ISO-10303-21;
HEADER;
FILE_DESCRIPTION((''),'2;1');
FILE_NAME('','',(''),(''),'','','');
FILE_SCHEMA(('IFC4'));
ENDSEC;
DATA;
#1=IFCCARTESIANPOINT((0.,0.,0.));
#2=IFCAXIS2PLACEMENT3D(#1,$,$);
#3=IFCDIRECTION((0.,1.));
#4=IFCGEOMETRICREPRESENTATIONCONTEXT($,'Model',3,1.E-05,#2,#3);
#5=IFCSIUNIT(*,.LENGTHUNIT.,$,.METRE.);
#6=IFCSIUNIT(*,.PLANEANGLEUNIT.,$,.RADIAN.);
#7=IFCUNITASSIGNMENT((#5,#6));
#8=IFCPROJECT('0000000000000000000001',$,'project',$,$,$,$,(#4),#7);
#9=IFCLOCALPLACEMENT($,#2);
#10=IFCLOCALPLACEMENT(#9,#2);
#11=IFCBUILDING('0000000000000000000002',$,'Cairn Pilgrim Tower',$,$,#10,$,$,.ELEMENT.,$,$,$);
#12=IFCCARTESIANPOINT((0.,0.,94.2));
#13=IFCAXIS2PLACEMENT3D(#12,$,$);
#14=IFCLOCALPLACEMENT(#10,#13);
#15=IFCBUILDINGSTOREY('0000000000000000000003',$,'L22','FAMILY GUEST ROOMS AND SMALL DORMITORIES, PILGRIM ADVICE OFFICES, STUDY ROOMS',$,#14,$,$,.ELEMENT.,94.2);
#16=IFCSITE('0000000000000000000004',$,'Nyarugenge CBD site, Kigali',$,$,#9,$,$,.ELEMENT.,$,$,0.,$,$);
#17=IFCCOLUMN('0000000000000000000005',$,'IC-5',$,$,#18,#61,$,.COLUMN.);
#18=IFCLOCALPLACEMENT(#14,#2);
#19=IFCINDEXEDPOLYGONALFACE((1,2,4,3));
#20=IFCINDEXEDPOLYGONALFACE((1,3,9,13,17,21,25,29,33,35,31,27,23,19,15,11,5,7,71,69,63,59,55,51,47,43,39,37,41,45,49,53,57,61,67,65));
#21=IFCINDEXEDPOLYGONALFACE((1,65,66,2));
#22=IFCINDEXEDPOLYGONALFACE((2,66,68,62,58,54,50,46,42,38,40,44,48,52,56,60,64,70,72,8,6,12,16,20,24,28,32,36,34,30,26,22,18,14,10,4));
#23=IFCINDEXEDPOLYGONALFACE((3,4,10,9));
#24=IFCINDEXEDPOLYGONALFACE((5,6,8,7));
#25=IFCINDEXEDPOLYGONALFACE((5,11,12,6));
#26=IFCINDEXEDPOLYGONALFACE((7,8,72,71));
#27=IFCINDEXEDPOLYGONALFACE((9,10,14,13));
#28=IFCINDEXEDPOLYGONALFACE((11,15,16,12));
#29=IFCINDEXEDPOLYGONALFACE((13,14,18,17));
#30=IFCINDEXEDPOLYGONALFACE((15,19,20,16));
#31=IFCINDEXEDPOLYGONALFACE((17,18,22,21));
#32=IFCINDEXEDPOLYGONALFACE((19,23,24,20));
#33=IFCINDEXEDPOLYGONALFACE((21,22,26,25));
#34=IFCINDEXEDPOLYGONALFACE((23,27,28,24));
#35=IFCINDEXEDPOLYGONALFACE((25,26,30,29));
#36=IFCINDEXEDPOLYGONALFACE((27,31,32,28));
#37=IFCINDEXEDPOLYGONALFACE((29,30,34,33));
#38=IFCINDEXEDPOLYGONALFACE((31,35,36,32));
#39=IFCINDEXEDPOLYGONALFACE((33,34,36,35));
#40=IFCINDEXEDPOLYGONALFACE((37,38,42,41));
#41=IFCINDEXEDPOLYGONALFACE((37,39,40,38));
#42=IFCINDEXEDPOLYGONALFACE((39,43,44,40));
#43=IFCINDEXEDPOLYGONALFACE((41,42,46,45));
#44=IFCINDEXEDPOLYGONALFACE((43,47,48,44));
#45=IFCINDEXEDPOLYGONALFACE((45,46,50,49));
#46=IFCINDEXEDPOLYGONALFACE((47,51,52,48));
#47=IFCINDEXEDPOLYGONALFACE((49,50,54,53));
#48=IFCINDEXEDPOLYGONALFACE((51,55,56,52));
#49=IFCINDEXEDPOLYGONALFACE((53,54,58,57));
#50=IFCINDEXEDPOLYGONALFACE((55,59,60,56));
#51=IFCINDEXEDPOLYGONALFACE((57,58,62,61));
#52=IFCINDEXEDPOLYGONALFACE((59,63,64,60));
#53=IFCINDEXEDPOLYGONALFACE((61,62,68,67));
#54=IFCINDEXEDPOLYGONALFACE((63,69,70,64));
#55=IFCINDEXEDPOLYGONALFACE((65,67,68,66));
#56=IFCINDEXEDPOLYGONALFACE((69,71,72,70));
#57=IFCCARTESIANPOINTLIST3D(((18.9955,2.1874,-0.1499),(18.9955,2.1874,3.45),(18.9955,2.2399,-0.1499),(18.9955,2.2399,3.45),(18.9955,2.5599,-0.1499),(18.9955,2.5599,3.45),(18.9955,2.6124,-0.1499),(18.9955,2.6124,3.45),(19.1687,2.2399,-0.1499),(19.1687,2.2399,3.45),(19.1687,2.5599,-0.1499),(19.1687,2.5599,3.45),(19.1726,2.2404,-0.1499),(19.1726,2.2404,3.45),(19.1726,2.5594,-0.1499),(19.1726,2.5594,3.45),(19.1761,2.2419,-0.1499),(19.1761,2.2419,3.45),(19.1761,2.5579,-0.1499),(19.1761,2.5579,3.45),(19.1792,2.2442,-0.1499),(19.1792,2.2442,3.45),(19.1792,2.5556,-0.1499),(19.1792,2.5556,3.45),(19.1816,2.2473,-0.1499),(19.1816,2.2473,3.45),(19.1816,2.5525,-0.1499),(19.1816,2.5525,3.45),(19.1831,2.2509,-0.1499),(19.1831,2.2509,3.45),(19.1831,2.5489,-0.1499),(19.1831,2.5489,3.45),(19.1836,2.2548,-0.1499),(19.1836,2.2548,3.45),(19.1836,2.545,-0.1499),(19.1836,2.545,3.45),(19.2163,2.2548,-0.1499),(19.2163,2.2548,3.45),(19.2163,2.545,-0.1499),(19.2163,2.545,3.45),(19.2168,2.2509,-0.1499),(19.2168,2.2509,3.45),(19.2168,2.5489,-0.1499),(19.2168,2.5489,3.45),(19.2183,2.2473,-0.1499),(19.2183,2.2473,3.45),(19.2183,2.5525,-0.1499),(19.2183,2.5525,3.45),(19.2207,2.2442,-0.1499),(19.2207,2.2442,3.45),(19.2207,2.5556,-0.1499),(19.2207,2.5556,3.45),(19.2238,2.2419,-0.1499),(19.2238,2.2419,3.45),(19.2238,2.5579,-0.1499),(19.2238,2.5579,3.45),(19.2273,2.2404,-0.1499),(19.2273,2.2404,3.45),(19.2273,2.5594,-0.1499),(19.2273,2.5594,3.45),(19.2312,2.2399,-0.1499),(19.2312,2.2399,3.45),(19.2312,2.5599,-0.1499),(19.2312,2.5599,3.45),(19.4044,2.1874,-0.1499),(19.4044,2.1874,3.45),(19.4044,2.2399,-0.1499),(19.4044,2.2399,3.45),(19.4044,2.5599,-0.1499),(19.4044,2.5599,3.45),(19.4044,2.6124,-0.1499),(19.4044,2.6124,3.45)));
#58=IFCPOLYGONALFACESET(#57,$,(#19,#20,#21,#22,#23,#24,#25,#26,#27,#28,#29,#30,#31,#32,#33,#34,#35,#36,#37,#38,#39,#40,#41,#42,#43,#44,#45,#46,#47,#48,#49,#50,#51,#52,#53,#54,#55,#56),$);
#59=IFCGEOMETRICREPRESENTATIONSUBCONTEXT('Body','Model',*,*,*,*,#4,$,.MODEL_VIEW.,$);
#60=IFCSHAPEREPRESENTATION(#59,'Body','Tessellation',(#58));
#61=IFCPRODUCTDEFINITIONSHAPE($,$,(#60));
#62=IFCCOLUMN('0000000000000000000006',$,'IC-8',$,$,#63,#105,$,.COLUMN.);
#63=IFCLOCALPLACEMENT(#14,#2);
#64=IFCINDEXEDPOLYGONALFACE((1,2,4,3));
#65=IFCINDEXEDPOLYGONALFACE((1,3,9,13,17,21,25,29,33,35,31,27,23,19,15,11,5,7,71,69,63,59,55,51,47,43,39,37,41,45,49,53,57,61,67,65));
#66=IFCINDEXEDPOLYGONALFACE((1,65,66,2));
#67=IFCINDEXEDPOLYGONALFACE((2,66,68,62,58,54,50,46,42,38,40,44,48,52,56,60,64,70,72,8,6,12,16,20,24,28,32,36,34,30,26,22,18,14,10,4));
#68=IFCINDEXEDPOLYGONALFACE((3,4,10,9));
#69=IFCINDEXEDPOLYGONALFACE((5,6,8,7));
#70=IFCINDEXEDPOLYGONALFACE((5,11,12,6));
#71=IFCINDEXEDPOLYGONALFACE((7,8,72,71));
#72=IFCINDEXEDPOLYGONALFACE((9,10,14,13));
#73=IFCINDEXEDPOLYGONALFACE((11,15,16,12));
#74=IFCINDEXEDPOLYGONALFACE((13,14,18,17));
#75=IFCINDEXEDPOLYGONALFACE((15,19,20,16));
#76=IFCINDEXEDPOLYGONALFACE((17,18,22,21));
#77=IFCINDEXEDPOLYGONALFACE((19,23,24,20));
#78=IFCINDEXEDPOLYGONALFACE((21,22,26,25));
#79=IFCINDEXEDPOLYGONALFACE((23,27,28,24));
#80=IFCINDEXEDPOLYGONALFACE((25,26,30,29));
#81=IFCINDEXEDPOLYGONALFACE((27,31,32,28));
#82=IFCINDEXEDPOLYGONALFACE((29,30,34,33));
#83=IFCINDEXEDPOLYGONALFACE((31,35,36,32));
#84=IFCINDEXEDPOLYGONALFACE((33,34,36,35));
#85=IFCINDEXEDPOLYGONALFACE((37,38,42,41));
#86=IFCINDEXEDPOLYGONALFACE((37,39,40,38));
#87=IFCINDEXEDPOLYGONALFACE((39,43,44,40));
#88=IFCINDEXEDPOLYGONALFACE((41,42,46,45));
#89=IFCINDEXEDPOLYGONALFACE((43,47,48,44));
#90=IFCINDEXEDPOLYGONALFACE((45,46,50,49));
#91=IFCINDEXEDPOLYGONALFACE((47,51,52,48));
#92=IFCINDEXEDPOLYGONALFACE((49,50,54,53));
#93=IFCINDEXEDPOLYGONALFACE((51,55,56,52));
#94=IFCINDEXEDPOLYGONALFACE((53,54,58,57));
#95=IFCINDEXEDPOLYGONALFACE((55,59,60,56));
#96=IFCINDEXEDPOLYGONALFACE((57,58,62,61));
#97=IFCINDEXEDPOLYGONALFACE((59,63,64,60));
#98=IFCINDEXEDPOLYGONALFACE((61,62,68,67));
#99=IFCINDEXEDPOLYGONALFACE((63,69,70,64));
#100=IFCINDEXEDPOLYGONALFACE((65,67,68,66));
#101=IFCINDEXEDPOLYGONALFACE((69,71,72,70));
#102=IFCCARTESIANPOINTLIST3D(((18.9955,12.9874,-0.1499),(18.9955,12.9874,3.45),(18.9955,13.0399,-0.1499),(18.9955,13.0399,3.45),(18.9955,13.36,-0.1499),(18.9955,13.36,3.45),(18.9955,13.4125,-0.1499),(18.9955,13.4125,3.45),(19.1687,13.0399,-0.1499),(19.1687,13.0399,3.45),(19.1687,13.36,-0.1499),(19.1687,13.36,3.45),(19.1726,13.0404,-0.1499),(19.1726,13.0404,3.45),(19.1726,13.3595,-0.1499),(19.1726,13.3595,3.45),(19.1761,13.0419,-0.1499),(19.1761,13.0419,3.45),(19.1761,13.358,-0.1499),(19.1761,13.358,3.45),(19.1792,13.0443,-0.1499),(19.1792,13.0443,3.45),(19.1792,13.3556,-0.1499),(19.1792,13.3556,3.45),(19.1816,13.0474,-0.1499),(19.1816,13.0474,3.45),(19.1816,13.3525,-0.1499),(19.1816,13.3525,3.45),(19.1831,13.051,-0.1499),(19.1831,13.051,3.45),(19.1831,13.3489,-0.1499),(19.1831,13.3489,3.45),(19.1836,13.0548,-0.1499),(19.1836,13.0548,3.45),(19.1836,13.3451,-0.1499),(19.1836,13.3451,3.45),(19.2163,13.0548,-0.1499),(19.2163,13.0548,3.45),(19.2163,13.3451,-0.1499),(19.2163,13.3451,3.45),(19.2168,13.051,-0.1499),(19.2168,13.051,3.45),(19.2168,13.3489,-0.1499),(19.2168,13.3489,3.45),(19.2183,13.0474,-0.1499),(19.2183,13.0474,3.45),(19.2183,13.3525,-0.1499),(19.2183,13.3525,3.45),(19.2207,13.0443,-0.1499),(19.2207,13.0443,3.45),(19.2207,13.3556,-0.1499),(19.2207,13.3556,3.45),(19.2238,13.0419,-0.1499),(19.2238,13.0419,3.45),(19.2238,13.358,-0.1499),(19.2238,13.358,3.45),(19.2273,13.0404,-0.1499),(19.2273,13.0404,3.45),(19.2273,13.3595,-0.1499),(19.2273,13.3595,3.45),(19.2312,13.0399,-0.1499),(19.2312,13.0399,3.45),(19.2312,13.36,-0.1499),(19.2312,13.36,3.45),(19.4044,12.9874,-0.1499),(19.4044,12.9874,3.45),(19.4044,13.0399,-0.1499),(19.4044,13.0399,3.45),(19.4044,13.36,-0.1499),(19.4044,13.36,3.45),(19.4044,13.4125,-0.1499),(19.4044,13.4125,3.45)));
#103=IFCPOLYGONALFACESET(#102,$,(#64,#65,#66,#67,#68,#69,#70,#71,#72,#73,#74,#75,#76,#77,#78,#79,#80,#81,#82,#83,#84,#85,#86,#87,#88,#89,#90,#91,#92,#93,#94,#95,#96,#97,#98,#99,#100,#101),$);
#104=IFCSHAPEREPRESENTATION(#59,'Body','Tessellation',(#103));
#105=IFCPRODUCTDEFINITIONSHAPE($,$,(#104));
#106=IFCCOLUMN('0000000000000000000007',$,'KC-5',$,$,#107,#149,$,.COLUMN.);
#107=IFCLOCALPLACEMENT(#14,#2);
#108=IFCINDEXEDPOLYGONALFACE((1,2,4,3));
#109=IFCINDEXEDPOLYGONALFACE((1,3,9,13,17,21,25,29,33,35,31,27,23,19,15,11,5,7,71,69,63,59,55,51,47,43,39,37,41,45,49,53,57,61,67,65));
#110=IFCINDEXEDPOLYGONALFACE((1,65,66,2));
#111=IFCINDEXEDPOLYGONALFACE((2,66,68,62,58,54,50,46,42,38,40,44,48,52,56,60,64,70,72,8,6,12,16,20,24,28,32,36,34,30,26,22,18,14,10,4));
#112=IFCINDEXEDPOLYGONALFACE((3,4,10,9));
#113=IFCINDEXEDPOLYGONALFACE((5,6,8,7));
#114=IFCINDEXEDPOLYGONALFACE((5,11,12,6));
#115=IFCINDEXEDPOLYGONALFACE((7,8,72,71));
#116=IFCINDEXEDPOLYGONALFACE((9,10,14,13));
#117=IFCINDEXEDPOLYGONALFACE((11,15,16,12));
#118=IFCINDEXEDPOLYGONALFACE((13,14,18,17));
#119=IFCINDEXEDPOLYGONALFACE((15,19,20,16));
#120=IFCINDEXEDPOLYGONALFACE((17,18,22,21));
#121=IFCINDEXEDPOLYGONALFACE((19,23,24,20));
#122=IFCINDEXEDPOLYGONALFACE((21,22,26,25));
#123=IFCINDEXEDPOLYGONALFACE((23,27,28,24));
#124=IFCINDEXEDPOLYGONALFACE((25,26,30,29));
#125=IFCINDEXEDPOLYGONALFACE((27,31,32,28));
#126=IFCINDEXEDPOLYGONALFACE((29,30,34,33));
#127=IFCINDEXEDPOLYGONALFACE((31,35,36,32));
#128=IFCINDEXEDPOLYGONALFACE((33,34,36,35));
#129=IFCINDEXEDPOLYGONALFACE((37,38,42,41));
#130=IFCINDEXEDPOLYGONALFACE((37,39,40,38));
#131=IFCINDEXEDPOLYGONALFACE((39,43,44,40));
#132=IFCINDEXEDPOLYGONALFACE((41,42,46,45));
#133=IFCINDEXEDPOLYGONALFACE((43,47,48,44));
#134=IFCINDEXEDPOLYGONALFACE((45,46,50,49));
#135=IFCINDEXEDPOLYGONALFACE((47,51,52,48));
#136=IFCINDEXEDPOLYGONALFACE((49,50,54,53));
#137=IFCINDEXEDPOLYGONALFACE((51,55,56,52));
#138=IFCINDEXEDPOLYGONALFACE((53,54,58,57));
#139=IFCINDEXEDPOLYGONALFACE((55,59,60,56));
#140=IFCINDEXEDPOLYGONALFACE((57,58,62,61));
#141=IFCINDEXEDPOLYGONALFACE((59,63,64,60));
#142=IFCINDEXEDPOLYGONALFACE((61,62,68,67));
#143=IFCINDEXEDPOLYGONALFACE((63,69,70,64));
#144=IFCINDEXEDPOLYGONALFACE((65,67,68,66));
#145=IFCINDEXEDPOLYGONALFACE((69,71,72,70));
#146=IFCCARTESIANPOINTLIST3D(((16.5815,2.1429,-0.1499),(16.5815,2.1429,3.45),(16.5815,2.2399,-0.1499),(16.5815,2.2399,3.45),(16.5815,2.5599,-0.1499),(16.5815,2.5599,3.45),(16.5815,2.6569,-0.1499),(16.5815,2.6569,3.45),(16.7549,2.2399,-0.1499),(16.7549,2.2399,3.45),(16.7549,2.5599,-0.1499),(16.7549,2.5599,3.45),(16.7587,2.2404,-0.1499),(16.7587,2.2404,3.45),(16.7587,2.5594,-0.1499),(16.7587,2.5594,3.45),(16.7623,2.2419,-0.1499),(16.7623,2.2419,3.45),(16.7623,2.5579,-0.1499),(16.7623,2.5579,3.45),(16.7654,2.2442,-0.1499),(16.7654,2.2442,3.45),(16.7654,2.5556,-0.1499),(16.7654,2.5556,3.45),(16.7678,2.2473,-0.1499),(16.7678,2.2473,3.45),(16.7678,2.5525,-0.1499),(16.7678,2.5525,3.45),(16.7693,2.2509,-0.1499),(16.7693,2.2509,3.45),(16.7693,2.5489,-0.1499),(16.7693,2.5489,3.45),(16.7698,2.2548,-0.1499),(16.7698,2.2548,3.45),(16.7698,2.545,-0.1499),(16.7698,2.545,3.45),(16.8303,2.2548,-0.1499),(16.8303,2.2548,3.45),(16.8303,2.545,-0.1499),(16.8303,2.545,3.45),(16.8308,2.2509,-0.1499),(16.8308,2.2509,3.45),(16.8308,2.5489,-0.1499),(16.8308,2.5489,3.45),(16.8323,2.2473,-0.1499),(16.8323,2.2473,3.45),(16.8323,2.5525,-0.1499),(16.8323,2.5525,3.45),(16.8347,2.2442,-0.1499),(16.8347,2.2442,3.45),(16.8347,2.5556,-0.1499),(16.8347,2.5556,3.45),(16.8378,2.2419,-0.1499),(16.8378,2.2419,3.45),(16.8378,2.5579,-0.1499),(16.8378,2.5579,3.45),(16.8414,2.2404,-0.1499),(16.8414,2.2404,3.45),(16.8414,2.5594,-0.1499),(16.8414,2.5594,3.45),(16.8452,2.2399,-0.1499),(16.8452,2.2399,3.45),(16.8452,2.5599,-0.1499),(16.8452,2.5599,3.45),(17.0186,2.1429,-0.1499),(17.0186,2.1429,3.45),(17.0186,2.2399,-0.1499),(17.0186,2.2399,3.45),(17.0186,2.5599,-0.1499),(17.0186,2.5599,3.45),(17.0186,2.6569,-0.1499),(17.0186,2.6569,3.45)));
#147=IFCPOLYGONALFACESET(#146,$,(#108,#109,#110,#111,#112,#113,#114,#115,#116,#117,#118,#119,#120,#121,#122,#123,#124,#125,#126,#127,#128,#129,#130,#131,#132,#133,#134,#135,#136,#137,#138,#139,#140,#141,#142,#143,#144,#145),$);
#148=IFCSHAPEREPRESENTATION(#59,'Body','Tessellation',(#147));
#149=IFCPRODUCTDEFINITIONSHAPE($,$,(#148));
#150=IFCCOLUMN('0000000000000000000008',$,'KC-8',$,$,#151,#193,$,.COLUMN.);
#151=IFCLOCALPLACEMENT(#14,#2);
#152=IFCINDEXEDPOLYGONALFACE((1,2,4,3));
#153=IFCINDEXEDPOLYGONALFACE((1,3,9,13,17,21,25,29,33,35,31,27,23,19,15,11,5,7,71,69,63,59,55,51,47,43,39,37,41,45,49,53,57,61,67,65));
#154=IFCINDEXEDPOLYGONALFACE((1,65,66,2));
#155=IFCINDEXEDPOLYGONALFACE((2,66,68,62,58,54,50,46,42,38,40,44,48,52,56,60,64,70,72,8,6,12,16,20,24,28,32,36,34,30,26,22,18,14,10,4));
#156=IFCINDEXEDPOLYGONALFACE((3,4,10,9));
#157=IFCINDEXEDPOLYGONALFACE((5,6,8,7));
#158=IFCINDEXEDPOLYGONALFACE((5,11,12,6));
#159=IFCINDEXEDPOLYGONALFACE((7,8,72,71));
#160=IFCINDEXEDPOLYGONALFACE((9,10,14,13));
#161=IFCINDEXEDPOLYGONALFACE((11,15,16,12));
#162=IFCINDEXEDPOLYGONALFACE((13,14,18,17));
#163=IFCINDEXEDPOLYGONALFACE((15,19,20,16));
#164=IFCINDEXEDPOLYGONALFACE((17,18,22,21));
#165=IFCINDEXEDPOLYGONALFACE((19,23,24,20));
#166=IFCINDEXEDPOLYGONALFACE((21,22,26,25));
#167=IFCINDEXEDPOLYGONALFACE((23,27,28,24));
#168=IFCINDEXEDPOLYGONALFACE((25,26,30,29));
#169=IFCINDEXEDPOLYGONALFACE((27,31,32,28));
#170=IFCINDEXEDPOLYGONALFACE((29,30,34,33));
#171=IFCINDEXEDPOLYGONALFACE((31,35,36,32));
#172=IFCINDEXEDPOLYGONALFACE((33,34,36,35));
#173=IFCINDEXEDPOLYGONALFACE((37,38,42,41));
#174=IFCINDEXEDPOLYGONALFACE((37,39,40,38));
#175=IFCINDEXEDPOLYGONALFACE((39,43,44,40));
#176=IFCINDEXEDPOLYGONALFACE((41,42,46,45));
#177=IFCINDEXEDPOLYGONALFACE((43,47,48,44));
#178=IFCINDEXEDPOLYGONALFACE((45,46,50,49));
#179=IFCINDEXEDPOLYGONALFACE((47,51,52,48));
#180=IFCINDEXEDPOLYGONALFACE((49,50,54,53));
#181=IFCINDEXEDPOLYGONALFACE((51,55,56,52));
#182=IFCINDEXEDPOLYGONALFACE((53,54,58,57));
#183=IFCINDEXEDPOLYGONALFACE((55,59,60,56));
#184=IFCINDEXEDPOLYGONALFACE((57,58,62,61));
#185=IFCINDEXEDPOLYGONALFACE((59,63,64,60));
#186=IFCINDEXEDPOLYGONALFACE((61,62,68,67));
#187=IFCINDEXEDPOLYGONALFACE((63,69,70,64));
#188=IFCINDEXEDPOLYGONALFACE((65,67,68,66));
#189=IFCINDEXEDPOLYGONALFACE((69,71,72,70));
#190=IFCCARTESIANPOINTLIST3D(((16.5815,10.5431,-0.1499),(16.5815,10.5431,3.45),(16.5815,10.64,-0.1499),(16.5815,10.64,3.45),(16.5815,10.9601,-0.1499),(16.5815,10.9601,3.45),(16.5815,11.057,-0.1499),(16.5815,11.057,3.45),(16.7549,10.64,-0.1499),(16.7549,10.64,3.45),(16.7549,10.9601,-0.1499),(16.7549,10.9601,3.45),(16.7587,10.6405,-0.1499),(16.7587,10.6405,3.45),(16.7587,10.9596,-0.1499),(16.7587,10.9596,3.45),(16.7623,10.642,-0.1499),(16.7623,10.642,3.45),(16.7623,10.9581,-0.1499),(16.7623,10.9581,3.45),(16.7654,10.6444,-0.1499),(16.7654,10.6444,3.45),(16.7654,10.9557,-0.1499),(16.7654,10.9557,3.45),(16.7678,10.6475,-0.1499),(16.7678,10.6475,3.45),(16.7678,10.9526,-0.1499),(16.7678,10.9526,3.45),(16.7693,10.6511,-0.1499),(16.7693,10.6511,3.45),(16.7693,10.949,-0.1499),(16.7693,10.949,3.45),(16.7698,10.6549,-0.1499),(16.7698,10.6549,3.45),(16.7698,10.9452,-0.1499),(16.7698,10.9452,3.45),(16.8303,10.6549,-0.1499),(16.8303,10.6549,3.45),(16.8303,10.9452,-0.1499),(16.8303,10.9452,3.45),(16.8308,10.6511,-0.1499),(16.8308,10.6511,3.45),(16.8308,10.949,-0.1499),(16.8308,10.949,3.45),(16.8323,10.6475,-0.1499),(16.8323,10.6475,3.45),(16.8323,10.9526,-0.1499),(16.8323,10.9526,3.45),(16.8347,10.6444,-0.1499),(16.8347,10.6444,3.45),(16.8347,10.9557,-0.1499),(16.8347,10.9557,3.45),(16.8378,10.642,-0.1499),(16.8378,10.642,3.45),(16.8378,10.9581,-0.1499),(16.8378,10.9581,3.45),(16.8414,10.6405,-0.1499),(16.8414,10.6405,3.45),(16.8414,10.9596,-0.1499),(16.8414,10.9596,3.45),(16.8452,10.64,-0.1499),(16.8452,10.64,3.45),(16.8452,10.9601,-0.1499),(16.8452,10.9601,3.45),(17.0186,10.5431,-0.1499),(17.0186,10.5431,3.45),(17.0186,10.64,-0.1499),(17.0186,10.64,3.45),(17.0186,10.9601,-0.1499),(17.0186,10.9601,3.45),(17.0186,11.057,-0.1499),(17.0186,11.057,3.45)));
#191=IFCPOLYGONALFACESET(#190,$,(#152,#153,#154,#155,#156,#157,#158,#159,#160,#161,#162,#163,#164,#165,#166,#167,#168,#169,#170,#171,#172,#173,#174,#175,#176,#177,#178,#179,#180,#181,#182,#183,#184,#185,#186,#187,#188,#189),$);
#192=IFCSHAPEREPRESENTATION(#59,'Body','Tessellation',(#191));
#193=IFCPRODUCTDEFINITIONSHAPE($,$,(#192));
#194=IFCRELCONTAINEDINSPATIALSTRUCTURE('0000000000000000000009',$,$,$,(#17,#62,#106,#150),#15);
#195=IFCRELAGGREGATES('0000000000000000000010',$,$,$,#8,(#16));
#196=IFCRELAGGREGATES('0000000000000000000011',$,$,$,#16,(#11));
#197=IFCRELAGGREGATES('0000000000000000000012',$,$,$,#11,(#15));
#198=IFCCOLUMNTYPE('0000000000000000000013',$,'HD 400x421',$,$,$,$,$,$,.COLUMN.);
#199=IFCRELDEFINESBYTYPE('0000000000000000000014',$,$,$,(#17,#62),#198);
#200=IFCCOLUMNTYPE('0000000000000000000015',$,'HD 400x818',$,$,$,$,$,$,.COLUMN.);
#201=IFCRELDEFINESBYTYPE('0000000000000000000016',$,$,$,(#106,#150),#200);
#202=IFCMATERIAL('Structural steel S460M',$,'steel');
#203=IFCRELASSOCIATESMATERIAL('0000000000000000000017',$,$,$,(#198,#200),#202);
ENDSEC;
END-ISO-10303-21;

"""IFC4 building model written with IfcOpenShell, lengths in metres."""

from ifc_helpers import new_model, si_unit, direction, frame, origin, origin_2d, place, context, subcontext, project, spatial, i_section, extrude, material, material_profile, profile_set, type_object, element, save


model = new_model("IFC4")

# Units and contexts
model_context = context("Model", 3, precision=1e-05, world=origin(), true_north=direction((0.0, 1.0)))
body_context = subcontext(model_context, "Body", "Model", "MODEL_VIEW")
ifc_project = project(units=[si_unit("LENGTHUNIT", "METRE"), si_unit("PLANEANGLEUNIT", "RADIAN")], contexts=[model_context])

# Site, building, storey
site_placement = place(None, origin())
site = spatial("IfcSite", under=ifc_project, at=site_placement, Name="Nyarugenge CBD site, Kigali", CompositionType="ELEMENT", RefElevation=0.0)
building_placement = place(site_placement, origin())
building = spatial("IfcBuilding", under=site, at=building_placement, Name="Cairn Pilgrim Tower", CompositionType="ELEMENT")
storey_placement = place(building_placement, frame((0.0, 0.0, 94.2)))
storey = spatial("IfcBuildingStorey", under=building, at=storey_placement, Name="L22", Description="FAMILY GUEST ROOMS AND SMALL DORMITORIES, PILGRIM ADVICE OFFICES, STUDY ROOMS", CompositionType="ELEMENT", Elevation=94.2)

# Columns
ifc_material_1 = material(Name="Structural steel S460M", Category="steel")
ifc_material_profile_1 = material_profile(ifc_material_1, i_section(OverallWidth=0.4089, OverallDepth=0.425, WebThickness=0.0327, FlangeThickness=0.0525, FilletRadius=0.0149, at=origin_2d()), Name="HD 400x421")
ifc_profile_set_1 = profile_set([ifc_material_profile_1], Name="Structural steel S460M")
column_type_1 = type_object("IfcColumnType", Name="HD 400x421", PredefinedType="COLUMN", material=ifc_profile_set_1)
for number, where, z_axis, x_axis, name in (
    (1, (19.2, 2.3999, -0.1499), (0.0, 0.0, 1.0), (1.0, 0.0, 0.0), "IC-5"),
    (2, (19.2, 13.2, -0.1499), (0.0, 0.0, 1.0), (1.0, 0.0, 0.0), "IC-8"),
):
    element("IfcColumn", number, at=place(storey_placement, frame(where, z_axis=z_axis, x_axis=x_axis)), inside=storey, type_object=column_type_1, Name=name, PredefinedType="COLUMN", context=body_context, shape_type="SweptSolid", body=[
        extrude(i_section(OverallWidth=0.4089, OverallDepth=0.425, WebThickness=0.0327, FlangeThickness=0.0525, FilletRadius=0.0149, at=origin_2d()), origin(), (0.0, 0.0, 1.0), 3.5999),
    ])
ifc_material_profile_2 = material_profile(ifc_material_1, i_section(OverallWidth=0.437, OverallDepth=0.5139, WebThickness=0.0605, FlangeThickness=0.0969, FilletRadius=0.0149, at=origin_2d()), Name="HD 400x818")
ifc_profile_set_2 = profile_set([ifc_material_profile_2], Name="Structural steel S460M")
column_type_2 = type_object("IfcColumnType", Name="HD 400x818", PredefinedType="COLUMN", material=ifc_profile_set_2)
for number, where, z_axis, x_axis, name in (
    (3, (16.8, 2.3999, -0.1499), (0.0, 0.0, 1.0), (1.0, 0.0, 0.0), "KC-5"),
    (4, (16.8, 10.8, -0.1499), (0.0, 0.0, 1.0), (1.0, 0.0, 0.0), "KC-8"),
):
    element("IfcColumn", number, at=place(storey_placement, frame(where, z_axis=z_axis, x_axis=x_axis)), inside=storey, type_object=column_type_2, Name=name, PredefinedType="COLUMN", context=body_context, shape_type="SweptSolid", body=[
        extrude(i_section(OverallWidth=0.437, OverallDepth=0.5139, WebThickness=0.0605, FlangeThickness=0.0969, FilletRadius=0.0149, at=origin_2d()), origin(), (0.0, 0.0, 1.0), 3.5999),
    ])

save(model, "model.ifc")
